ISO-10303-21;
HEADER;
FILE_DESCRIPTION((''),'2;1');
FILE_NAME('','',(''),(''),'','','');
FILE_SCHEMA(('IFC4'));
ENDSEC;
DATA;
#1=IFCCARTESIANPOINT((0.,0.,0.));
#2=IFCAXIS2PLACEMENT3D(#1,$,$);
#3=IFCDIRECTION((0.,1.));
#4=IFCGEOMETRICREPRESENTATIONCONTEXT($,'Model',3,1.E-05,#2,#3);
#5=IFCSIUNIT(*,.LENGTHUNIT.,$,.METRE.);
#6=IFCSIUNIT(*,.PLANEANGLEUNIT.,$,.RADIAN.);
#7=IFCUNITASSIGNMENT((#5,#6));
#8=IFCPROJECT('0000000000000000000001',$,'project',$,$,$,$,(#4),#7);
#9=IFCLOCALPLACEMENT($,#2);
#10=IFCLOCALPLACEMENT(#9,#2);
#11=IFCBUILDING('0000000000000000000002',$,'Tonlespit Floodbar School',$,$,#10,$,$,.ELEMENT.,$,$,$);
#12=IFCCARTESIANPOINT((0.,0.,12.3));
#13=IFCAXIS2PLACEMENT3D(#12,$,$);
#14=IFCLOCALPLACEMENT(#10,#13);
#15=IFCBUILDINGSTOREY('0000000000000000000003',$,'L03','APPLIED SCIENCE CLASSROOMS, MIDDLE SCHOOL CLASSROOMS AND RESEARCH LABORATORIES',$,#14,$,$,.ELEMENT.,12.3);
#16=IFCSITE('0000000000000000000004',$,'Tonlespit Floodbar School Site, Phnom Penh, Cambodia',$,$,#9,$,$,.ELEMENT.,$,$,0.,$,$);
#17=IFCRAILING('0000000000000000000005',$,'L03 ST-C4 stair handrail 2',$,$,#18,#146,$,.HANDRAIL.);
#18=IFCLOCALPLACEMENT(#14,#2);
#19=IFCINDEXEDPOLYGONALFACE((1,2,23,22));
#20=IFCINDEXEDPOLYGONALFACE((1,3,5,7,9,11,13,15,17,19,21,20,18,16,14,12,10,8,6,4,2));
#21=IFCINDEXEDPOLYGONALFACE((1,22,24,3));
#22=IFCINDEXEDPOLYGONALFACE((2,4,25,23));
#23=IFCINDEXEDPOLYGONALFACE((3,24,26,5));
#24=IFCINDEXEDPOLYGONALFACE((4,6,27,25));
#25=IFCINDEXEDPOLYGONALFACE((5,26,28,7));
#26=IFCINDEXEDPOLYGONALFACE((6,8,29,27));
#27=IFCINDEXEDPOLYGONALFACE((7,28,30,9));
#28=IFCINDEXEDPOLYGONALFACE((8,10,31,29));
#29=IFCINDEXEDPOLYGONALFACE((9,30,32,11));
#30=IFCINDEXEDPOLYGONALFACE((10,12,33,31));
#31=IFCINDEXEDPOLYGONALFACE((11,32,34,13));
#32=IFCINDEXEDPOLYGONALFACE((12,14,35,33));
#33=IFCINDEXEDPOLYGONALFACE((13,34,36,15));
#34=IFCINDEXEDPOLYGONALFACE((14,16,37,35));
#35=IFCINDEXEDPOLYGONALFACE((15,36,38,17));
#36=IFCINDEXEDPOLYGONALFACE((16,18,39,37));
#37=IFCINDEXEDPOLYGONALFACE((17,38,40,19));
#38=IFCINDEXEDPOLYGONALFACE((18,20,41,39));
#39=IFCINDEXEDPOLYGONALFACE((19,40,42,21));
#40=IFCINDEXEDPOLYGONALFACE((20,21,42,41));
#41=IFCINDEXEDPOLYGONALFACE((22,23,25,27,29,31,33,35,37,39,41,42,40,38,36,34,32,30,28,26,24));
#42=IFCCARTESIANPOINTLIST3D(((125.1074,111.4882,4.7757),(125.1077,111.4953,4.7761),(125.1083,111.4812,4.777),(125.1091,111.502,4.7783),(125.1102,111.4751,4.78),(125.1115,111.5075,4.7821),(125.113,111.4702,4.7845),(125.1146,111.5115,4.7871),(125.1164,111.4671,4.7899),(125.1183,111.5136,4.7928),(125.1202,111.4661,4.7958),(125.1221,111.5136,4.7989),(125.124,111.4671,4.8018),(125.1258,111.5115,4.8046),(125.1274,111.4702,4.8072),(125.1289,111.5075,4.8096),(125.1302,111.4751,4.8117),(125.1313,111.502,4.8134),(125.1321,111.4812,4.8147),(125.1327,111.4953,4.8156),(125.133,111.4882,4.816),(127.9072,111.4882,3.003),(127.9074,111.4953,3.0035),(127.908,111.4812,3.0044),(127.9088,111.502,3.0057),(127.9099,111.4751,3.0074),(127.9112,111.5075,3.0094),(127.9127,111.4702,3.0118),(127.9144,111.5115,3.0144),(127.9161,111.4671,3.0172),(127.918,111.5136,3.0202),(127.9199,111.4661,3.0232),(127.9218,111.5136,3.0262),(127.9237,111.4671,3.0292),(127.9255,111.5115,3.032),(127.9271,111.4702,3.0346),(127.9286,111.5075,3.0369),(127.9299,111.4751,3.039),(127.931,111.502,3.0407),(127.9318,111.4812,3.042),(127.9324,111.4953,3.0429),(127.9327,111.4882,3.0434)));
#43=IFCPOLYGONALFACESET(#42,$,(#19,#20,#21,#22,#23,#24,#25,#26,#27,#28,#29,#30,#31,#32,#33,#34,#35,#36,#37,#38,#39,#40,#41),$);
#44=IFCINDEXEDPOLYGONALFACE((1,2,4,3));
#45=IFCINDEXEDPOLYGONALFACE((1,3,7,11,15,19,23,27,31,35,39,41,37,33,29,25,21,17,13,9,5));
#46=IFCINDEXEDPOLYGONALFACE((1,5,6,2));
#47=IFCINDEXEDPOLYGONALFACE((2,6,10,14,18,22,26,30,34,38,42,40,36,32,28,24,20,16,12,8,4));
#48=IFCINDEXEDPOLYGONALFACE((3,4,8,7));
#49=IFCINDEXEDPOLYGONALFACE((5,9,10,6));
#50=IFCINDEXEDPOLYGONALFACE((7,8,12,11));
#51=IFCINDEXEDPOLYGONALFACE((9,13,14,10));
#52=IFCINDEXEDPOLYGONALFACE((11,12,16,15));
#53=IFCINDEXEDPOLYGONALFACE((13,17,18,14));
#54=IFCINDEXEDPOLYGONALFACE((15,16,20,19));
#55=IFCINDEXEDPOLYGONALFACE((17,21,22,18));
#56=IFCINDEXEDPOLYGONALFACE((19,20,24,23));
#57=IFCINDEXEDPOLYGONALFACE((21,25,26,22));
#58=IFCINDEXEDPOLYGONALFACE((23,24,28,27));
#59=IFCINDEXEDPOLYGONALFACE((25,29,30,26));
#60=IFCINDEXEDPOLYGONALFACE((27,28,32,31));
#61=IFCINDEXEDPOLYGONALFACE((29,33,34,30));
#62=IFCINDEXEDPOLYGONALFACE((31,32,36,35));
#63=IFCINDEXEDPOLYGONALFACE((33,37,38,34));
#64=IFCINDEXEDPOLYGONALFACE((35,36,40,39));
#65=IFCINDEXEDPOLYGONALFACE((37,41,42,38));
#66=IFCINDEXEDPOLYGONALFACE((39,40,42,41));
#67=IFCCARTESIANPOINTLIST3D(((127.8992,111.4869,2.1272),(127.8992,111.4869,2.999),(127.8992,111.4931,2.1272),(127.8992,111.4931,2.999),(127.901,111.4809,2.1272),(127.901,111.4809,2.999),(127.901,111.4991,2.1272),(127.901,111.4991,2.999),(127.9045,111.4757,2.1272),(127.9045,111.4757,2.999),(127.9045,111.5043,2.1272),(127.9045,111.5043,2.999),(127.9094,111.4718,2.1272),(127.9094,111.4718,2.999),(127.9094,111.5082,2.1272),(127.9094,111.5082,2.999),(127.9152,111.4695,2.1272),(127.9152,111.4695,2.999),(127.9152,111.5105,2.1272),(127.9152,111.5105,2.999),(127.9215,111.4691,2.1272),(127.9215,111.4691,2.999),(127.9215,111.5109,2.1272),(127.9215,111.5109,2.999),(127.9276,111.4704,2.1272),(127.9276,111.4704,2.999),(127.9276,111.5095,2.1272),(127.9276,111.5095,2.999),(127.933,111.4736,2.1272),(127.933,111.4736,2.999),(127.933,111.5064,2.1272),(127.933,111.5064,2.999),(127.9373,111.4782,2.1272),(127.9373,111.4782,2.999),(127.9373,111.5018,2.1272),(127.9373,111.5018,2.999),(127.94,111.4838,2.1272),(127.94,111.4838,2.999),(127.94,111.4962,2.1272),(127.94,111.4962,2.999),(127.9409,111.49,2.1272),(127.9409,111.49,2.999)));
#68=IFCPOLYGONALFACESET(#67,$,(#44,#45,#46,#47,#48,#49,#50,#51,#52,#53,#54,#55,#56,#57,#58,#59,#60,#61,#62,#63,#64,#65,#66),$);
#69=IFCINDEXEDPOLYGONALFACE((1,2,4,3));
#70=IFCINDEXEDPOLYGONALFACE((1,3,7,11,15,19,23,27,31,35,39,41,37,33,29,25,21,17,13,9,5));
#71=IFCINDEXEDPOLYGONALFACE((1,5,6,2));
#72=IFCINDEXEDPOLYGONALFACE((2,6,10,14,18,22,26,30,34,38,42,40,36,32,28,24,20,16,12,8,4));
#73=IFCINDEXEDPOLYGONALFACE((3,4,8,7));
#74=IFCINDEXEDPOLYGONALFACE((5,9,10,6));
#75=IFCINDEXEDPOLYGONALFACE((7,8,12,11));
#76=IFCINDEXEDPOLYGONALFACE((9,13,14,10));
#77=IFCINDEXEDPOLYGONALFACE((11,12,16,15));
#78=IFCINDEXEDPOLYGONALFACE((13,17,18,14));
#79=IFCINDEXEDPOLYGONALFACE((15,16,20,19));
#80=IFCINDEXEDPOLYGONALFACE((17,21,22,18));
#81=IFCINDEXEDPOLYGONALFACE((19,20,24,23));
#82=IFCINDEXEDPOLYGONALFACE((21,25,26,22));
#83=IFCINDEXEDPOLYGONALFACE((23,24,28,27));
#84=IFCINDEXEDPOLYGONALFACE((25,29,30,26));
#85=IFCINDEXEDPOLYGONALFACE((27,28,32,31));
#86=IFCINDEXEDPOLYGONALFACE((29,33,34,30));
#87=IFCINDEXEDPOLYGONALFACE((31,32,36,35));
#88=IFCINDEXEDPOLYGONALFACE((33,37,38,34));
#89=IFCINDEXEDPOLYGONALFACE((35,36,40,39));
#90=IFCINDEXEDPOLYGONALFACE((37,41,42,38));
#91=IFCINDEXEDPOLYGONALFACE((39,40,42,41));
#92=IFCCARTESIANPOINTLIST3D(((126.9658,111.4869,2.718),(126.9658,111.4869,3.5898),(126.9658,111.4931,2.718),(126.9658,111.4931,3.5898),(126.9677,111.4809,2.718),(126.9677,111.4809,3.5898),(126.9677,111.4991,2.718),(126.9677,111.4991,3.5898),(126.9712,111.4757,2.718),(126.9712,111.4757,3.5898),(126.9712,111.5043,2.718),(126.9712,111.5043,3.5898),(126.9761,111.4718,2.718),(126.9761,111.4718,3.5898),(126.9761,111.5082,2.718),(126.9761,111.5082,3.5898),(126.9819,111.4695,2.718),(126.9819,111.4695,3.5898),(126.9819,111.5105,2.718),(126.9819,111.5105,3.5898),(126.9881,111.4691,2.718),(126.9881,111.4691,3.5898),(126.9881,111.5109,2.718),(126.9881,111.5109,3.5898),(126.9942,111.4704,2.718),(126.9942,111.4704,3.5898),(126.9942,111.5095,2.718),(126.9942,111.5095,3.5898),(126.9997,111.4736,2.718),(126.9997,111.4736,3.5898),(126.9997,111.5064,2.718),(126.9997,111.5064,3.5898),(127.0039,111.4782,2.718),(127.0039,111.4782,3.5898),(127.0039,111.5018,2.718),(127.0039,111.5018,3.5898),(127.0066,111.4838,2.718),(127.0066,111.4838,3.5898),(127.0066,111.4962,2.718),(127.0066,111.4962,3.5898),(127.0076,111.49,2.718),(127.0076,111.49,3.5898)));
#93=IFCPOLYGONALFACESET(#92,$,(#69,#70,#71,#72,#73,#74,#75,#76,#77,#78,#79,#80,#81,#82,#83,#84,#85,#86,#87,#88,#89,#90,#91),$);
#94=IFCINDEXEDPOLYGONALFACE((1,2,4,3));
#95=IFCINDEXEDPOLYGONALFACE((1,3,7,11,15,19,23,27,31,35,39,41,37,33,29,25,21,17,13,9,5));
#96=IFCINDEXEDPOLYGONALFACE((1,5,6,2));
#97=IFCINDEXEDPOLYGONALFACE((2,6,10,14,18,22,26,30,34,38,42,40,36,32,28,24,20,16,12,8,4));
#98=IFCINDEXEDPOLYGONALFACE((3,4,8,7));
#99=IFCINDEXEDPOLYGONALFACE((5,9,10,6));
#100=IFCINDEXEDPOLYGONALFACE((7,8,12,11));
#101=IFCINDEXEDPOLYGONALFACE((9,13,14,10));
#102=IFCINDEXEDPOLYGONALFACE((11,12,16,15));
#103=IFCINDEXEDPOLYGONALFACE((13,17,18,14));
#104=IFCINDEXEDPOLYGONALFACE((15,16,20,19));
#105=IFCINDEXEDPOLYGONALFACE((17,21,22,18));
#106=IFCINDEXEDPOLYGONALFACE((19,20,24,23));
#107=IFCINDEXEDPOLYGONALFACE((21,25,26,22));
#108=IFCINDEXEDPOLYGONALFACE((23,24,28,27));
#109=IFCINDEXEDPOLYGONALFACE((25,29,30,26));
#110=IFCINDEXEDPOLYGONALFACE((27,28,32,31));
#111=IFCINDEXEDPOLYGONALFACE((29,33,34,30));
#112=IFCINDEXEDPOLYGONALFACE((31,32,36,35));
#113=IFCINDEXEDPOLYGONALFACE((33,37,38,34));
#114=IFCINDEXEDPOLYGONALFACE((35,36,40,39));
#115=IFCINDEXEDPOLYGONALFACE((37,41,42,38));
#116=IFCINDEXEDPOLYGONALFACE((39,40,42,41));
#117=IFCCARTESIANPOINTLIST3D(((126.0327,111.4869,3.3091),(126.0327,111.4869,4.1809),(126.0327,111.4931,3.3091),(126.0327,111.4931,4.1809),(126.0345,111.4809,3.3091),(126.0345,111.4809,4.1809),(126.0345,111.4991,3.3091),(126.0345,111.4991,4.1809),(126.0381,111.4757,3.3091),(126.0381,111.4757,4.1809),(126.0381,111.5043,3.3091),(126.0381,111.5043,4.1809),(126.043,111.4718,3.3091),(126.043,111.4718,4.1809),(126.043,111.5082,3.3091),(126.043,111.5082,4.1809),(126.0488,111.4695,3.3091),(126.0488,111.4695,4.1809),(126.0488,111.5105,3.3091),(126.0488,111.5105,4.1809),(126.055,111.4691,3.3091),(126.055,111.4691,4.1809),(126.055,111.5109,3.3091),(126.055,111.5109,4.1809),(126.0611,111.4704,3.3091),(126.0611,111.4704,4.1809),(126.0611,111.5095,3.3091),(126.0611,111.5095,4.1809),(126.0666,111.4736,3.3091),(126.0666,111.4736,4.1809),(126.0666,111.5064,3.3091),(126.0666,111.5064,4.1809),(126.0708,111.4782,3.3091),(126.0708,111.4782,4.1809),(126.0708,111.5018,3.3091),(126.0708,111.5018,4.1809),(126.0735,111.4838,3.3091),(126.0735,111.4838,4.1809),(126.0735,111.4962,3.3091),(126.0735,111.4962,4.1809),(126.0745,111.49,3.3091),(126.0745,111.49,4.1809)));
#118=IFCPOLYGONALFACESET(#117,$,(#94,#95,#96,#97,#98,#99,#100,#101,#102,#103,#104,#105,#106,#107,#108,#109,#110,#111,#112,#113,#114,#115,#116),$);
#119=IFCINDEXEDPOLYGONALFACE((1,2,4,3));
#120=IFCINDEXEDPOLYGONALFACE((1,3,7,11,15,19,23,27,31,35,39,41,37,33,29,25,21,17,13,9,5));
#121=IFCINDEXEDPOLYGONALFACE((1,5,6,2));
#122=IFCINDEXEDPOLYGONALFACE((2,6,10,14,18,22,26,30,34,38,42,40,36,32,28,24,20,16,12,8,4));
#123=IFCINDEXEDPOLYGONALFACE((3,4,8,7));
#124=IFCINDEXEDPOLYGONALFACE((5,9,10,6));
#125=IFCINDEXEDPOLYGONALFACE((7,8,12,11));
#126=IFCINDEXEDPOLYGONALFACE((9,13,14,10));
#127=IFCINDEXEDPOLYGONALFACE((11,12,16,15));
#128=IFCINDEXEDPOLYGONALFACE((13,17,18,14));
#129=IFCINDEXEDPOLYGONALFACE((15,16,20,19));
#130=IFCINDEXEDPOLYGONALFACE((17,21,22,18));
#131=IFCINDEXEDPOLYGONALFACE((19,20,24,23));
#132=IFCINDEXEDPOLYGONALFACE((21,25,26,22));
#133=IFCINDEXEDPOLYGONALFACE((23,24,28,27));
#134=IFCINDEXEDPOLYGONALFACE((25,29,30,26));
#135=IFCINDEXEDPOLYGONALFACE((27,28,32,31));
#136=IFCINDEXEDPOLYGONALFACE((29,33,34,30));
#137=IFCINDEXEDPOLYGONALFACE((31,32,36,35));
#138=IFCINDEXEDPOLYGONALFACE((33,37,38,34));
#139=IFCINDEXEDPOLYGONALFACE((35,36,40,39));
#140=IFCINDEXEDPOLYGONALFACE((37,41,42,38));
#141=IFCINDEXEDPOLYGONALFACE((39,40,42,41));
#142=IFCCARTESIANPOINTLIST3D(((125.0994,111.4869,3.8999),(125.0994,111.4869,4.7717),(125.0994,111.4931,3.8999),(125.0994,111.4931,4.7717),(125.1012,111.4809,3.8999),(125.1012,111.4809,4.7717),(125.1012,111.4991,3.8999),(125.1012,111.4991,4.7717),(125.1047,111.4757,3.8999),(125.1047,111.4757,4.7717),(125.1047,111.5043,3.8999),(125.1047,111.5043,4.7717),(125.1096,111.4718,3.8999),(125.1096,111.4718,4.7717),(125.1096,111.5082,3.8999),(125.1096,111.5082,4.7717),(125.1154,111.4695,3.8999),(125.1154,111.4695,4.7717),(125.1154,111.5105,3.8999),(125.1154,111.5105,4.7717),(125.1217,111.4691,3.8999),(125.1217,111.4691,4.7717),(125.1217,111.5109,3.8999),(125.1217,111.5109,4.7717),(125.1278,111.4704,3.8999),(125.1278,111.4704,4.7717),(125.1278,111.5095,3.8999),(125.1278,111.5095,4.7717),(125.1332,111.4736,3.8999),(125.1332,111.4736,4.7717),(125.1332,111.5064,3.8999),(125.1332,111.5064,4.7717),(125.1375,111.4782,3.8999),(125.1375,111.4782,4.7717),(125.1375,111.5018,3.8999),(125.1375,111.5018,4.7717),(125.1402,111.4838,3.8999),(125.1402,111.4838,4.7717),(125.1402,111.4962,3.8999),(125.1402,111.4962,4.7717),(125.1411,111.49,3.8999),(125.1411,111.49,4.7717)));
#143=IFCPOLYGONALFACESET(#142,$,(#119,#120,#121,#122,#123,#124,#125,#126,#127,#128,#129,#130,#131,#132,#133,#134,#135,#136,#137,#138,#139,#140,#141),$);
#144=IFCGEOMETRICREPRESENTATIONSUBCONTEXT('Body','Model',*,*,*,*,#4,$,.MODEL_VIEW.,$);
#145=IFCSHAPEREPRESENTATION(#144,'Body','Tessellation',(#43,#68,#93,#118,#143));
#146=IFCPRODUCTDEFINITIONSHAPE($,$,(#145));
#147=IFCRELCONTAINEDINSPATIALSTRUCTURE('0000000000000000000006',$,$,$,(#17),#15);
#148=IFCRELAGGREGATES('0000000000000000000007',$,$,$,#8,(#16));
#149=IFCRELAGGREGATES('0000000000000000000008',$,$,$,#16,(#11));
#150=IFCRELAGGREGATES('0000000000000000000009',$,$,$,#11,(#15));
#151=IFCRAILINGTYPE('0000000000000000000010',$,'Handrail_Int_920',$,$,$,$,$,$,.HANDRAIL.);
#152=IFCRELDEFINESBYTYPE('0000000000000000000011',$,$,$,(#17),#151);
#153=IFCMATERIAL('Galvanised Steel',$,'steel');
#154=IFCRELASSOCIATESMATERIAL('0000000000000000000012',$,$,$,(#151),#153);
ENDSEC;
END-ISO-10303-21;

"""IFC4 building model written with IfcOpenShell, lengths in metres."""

from ifc_helpers import new_model, si_unit, direction, frame, origin, origin_2d, place, context, subcontext, project, spatial, circle, extrude, material, type_object, element, save


model = new_model("IFC4")

# Units and contexts
model_context = context("Model", 3, precision=1e-05, world=origin(), true_north=direction((0.0, 1.0)))
body_context = subcontext(model_context, "Body", "Model", "MODEL_VIEW")
ifc_project = project(units=[si_unit("LENGTHUNIT", "METRE"), si_unit("PLANEANGLEUNIT", "RADIAN")], contexts=[model_context])

# Site, building, storey
site_placement = place(None, origin())
site = spatial("IfcSite", under=ifc_project, at=site_placement, Name="Tonlespit Floodbar School Site, Phnom Penh, Cambodia", CompositionType="ELEMENT", RefElevation=0.0)
building_placement = place(site_placement, origin())
building = spatial("IfcBuilding", under=site, at=building_placement, Name="Tonlespit Floodbar School", CompositionType="ELEMENT")
storey_placement = place(building_placement, frame((0.0, 0.0, 12.3)))
storey = spatial("IfcBuildingStorey", under=building, at=storey_placement, Name="L03", Description="APPLIED SCIENCE CLASSROOMS, MIDDLE SCHOOL CLASSROOMS AND RESEARCH LABORATORIES", CompositionType="ELEMENT", Elevation=12.3)

# Shared definitions
ifc_material_1 = material(Name="Galvanised Steel", Category="steel")

# Railing
railing_type_1 = type_object("IfcRailingType", Name="Handrail_Int_920", PredefinedType="HANDRAIL", material=ifc_material_1)
railing_1_placement = place(storey_placement, frame((127.9199, 111.49, 2.1272)))
element("IfcRailing", 1, at=railing_1_placement, inside=storey, type_object=railing_type_1, Name="L03 ST-C4 stair handrail 2", PredefinedType="HANDRAIL", context=body_context, shape_type="SweptSolid", body=[
    extrude(circle(Radius=0.0239, at=origin_2d()), frame((0.0, 0.0, 0.896), z_axis=(-0.844888, 0.0, 0.534943), x_axis=(0.0, -1.0, 0.0)), (0.0, 0.0, 1.0), 3.3137),
    extrude(circle(Radius=0.021, at=origin_2d()), origin(), (0.0, 0.0, 1.0), 0.8718),
    extrude(circle(Radius=0.021, at=origin_2d()), frame((-0.9333, 0.0, 0.5908)), (0.0, 0.0, 1.0), 0.8718),
    extrude(circle(Radius=0.021, at=origin_2d()), frame((-1.8665, 0.0, 1.1819)), (0.0, 0.0, 1.0), 0.8718),
    extrude(circle(Radius=0.021, at=origin_2d()), frame((-2.7998, 0.0, 1.7727)), (0.0, 0.0, 1.0), 0.8718),
])

save(model, "model.ifc")
